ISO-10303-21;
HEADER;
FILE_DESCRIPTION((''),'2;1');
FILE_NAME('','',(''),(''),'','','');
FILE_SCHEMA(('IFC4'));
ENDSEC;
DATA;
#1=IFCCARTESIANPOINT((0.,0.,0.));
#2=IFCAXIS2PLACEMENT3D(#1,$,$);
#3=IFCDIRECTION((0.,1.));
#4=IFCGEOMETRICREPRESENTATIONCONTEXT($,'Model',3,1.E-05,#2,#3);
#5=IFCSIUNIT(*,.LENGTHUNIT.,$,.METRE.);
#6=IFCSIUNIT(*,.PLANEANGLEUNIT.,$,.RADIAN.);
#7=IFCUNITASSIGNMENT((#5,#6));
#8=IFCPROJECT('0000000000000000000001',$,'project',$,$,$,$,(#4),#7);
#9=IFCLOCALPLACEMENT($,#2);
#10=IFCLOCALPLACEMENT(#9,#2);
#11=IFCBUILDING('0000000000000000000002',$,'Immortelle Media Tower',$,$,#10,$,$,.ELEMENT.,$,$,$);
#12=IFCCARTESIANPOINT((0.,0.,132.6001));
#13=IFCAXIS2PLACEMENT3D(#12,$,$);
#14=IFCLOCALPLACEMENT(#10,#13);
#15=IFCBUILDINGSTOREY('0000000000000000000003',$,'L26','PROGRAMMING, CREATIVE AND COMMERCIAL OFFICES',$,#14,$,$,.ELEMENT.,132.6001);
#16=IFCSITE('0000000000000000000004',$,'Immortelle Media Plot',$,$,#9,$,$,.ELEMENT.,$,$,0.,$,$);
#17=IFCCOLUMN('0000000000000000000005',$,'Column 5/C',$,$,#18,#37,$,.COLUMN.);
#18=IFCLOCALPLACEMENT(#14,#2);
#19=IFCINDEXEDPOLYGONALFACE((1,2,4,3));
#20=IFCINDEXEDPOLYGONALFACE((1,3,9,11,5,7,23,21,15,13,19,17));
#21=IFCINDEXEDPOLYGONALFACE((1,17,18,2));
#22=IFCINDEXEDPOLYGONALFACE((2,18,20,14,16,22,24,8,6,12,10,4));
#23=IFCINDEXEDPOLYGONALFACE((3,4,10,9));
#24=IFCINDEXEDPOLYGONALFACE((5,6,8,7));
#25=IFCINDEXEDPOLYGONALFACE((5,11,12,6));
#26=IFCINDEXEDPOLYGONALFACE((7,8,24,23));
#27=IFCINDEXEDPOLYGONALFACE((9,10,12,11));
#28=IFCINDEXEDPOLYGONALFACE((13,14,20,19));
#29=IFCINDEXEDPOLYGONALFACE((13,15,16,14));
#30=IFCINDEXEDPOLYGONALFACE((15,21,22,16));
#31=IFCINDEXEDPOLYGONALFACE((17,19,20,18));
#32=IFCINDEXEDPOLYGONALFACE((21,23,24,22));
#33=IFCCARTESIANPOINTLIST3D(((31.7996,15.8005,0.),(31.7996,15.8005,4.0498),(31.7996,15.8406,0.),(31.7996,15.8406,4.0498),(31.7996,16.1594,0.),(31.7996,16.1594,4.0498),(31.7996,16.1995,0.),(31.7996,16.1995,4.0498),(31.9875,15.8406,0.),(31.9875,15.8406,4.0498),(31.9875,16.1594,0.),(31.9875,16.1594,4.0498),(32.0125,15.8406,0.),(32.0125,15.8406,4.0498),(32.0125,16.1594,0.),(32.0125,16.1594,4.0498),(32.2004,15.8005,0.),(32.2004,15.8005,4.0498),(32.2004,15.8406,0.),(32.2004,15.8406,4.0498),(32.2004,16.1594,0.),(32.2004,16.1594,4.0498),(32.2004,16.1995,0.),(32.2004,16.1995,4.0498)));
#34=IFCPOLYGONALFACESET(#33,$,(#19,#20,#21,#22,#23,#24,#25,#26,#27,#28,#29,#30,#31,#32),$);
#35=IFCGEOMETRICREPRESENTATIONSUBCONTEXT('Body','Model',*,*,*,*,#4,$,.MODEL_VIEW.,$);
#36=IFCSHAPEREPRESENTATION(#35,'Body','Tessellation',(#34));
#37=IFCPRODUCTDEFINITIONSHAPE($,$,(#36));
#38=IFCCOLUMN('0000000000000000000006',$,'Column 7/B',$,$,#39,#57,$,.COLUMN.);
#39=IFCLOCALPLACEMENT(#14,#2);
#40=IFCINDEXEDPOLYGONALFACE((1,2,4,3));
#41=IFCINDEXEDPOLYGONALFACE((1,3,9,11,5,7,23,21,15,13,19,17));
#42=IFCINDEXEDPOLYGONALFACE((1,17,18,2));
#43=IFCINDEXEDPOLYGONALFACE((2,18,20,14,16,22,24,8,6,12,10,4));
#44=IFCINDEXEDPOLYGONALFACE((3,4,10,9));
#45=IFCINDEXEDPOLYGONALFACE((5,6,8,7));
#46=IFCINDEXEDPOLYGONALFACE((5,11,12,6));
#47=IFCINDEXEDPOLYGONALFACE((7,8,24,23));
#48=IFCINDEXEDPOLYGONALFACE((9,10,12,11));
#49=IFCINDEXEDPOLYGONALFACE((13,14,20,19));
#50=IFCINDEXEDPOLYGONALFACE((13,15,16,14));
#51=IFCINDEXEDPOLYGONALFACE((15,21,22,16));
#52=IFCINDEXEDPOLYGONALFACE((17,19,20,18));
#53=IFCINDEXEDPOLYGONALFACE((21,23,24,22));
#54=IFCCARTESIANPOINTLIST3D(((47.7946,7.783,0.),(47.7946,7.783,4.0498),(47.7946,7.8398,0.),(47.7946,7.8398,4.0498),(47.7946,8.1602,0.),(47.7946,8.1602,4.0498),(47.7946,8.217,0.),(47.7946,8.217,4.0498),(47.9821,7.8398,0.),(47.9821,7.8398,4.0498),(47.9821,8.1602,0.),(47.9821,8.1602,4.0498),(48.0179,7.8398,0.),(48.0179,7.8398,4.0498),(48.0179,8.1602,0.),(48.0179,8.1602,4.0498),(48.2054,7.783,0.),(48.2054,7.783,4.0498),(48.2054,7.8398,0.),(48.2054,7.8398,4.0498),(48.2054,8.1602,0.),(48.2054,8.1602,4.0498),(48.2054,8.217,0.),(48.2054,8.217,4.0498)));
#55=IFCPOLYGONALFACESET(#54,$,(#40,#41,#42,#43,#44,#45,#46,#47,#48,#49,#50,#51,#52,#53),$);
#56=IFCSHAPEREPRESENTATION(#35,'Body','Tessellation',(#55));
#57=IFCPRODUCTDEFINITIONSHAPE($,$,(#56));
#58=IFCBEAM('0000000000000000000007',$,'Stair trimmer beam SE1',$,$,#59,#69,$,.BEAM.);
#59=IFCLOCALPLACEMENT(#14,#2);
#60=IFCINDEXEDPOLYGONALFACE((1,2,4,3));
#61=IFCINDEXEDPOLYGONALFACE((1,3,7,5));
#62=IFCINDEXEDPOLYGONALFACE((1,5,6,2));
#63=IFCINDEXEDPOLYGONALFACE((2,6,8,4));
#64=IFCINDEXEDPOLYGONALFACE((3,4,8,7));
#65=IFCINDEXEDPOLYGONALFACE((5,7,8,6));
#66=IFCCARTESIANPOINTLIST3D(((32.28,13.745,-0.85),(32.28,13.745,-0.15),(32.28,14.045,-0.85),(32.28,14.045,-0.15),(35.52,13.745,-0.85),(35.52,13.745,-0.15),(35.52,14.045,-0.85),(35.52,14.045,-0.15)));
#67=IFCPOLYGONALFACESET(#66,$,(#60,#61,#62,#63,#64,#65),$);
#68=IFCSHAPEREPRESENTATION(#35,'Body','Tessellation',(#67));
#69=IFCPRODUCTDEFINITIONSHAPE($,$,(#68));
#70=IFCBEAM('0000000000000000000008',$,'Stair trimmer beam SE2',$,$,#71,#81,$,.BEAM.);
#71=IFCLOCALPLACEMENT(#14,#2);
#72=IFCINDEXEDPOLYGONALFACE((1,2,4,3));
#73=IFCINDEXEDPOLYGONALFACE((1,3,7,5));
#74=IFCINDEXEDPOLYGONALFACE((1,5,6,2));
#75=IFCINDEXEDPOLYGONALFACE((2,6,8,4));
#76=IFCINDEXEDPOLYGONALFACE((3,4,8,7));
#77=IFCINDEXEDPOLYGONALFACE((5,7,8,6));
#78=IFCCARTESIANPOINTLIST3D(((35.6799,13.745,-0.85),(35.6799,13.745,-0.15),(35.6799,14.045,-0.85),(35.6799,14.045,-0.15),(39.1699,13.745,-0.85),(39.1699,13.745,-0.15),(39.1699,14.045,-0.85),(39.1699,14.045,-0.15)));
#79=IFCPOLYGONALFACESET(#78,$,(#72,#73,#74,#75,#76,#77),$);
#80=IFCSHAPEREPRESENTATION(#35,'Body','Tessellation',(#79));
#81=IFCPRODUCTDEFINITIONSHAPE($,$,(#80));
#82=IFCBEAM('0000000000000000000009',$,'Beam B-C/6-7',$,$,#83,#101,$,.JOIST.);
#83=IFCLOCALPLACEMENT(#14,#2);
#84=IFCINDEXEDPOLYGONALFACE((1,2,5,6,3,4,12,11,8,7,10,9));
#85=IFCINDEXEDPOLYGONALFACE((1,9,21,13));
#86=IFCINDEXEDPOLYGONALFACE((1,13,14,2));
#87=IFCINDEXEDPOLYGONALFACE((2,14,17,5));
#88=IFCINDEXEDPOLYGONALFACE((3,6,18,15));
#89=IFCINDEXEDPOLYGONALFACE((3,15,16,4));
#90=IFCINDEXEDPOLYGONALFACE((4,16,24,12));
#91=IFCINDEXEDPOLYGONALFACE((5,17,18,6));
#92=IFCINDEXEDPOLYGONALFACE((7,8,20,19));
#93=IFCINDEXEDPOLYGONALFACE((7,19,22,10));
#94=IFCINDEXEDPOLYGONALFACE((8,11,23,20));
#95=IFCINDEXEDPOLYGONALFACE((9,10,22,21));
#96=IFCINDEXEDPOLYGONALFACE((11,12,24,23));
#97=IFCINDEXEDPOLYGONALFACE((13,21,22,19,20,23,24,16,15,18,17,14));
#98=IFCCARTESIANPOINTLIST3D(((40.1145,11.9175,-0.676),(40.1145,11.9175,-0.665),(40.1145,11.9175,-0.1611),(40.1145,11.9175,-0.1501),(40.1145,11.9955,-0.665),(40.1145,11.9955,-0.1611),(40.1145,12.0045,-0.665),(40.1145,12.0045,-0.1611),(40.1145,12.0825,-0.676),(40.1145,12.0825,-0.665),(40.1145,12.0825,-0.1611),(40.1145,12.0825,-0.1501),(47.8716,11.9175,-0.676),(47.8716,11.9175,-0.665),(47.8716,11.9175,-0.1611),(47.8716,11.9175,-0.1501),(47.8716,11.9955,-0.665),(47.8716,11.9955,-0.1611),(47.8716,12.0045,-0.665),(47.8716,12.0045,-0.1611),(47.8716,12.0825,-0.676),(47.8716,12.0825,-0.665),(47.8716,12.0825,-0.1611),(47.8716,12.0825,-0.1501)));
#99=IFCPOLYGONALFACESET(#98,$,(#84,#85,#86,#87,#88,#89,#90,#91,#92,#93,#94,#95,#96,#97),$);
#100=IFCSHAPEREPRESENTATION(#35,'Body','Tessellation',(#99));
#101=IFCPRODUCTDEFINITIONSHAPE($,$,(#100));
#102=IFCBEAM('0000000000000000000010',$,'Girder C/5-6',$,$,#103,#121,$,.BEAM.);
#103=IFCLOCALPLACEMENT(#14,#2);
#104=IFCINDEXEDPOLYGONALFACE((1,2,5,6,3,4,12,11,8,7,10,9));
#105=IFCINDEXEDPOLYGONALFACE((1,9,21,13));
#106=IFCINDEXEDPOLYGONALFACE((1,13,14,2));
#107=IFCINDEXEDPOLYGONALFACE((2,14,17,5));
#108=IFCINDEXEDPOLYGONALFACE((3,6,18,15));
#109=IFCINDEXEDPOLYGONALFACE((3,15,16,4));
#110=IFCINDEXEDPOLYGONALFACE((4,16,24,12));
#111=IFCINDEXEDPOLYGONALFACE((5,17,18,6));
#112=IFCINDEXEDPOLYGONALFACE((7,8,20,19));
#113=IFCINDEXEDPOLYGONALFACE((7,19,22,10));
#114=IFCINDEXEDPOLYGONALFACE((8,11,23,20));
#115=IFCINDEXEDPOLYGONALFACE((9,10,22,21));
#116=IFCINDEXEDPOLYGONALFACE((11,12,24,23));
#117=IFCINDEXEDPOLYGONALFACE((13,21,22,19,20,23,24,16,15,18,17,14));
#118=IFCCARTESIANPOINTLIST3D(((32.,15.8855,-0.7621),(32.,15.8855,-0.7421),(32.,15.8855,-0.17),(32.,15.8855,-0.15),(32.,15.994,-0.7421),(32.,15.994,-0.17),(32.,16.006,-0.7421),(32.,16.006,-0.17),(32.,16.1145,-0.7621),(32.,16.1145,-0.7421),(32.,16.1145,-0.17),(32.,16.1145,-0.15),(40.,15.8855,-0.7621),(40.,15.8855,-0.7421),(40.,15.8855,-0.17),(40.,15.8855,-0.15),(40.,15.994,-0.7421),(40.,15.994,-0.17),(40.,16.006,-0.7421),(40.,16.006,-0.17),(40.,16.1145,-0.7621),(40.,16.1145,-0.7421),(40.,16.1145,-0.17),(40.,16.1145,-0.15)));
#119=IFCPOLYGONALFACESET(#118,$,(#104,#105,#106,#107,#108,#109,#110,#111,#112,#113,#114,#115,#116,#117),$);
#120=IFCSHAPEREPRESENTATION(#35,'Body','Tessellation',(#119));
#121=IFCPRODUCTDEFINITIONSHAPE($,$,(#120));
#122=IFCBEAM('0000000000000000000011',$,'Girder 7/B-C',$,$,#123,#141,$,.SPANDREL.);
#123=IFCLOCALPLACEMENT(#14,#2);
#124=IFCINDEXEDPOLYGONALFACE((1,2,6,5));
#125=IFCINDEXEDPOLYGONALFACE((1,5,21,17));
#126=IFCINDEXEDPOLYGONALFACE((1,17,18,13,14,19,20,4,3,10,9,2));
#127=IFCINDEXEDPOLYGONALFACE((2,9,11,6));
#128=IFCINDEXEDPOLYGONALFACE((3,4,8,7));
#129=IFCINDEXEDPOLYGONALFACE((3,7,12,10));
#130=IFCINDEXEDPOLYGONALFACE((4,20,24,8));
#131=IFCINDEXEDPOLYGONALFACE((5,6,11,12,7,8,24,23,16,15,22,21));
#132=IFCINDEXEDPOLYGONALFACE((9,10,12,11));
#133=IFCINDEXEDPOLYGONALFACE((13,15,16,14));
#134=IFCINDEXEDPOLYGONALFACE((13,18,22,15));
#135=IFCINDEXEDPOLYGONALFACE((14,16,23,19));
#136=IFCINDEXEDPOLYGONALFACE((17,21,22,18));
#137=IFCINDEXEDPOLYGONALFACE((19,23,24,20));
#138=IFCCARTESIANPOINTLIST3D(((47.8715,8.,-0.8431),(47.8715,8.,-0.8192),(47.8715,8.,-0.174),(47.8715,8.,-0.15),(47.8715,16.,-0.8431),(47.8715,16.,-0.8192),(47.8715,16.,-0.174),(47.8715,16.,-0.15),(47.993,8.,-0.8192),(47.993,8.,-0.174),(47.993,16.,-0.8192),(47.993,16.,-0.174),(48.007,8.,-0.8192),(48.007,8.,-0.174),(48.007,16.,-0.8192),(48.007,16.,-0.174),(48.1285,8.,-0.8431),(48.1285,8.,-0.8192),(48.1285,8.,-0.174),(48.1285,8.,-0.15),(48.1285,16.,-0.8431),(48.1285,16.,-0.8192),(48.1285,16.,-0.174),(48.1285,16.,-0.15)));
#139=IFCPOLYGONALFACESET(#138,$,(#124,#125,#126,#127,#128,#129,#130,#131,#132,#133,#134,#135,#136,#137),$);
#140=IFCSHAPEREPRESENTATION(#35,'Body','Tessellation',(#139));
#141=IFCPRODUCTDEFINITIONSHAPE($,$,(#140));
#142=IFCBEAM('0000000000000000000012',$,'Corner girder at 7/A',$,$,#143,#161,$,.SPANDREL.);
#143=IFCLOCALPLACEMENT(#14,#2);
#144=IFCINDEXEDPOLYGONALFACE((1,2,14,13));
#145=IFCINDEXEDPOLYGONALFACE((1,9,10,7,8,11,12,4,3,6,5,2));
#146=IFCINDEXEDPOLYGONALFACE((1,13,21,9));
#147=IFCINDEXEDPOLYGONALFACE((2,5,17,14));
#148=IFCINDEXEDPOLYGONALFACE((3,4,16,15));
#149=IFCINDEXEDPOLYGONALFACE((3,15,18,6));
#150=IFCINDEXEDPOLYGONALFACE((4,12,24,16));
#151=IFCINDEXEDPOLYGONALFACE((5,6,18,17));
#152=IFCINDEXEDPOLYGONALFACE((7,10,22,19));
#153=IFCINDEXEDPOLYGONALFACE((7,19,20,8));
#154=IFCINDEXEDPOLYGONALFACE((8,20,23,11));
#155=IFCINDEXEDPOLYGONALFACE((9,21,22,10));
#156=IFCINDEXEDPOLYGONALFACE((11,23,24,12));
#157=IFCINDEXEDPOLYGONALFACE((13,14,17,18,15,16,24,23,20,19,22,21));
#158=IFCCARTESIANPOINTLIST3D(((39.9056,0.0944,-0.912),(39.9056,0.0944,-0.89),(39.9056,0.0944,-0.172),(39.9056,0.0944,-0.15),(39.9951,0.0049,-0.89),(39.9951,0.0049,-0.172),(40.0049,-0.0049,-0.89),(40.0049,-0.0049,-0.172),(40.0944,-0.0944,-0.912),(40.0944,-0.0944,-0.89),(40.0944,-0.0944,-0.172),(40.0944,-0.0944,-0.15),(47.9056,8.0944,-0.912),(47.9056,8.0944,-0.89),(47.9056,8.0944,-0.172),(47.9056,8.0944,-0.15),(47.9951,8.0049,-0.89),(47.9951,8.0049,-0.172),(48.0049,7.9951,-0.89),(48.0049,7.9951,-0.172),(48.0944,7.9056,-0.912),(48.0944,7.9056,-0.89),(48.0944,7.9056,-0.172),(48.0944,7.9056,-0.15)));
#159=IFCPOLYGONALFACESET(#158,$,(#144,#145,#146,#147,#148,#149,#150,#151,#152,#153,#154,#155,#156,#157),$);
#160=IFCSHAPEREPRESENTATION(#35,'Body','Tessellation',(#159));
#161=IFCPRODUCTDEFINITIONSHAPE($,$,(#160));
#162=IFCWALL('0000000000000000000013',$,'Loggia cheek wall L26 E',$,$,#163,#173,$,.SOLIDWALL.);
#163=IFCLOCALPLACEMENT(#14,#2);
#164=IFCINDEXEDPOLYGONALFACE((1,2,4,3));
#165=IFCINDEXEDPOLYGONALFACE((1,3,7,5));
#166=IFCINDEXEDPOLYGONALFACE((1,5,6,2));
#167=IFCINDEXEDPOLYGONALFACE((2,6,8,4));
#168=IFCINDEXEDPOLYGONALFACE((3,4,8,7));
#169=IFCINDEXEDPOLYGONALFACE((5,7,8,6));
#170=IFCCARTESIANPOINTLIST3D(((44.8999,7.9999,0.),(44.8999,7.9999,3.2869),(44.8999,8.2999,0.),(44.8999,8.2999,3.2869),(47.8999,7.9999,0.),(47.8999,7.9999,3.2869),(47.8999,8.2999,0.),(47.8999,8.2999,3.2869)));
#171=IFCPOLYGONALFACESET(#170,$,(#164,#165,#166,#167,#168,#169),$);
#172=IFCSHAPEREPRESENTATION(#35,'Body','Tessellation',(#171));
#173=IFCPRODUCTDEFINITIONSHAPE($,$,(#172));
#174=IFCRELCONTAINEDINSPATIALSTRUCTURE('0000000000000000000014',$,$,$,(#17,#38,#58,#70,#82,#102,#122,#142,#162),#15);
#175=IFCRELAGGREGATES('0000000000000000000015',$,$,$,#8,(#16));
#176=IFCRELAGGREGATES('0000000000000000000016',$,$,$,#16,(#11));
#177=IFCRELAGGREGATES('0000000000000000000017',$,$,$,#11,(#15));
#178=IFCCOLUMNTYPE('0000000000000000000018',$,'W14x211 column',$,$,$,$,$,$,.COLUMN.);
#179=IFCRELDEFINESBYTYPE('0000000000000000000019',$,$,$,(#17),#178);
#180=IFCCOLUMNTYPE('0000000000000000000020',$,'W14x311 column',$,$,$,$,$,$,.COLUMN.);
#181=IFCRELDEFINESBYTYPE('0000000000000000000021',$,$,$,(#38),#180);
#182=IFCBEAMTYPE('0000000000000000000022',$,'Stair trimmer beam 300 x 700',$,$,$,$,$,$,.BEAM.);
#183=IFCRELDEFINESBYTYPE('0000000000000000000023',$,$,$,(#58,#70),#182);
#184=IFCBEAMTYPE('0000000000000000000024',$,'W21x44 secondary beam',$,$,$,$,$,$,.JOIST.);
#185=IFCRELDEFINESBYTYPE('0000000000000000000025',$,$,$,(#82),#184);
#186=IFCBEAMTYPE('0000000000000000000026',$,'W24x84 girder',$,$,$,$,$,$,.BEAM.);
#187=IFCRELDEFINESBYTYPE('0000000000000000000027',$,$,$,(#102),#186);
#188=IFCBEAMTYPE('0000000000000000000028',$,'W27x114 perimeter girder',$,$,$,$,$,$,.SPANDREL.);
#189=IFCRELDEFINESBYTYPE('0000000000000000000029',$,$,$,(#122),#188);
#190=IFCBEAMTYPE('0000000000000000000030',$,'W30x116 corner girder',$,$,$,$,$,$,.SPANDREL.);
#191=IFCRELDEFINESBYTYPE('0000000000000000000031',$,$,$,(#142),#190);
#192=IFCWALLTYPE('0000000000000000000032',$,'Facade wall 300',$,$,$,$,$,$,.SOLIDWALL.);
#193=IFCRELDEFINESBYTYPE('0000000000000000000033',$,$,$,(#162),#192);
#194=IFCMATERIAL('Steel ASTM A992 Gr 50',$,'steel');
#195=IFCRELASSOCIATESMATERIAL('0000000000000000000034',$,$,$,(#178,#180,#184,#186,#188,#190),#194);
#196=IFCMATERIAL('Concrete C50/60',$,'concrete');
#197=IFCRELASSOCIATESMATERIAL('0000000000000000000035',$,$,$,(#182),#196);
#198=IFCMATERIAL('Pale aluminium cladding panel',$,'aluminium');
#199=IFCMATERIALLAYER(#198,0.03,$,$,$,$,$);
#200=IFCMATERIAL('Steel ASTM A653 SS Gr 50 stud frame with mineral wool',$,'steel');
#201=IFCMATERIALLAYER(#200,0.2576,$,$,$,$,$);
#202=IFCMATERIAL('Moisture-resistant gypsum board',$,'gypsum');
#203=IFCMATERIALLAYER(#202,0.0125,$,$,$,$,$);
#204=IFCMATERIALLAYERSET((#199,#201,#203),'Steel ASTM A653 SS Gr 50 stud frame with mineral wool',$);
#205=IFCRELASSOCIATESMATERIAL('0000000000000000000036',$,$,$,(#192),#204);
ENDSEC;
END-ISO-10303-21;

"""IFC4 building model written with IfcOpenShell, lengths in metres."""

from ifc_helpers import new_model, si_unit, direction, frame, frame_2d, origin, origin_2d, place, context, subcontext, project, spatial, rectangle, i_section, extrude, material, layer, layer_set, material_profile, profile_set, type_object, element, save


model = new_model("IFC4")

# Units and contexts
model_context = context("Model", 3, precision=1e-05, world=origin(), true_north=direction((0.0, 1.0)))
body_context = subcontext(model_context, "Body", "Model", "MODEL_VIEW")
ifc_project = project(units=[si_unit("LENGTHUNIT", "METRE"), si_unit("PLANEANGLEUNIT", "RADIAN")], contexts=[model_context])

# Site, building, storey
site_placement = place(None, origin())
site = spatial("IfcSite", under=ifc_project, at=site_placement, Name="Immortelle Media Plot", CompositionType="ELEMENT", RefElevation=0.0)
building_placement = place(site_placement, origin())
building = spatial("IfcBuilding", under=site, at=building_placement, Name="Immortelle Media Tower", CompositionType="ELEMENT")
storey_placement = place(building_placement, frame((0.0, 0.0, 132.6001)))
storey = spatial("IfcBuildingStorey", under=building, at=storey_placement, Name="L26", Description="PROGRAMMING, CREATIVE AND COMMERCIAL OFFICES", CompositionType="ELEMENT", Elevation=132.6001)

# Columns
ifc_material_1 = material(Name="Steel ASTM A992 Gr 50", Category="steel")
ifc_material_profile_1 = material_profile(ifc_material_1, i_section(OverallWidth=0.4009, OverallDepth=0.3989, WebThickness=0.0249, FlangeThickness=0.04, at=origin_2d()), Name="W14x211")
ifc_profile_set_1 = profile_set([ifc_material_profile_1], Name="Steel ASTM A992 Gr 50")
column_type_1 = type_object("IfcColumnType", Name="W14x211 column", PredefinedType="COLUMN", material=ifc_profile_set_1)
column_1_placement = place(storey_placement, frame((32.0, 16.0, 0.0), z_axis=(0.0, 0.0, 1.0), x_axis=(1.0, 0.0, 0.0)))
element("IfcColumn", 1, at=column_1_placement, inside=storey, type_object=column_type_1, Name="Column 5/C", PredefinedType="COLUMN", context=body_context, shape_type="SweptSolid", body=[
    extrude(i_section(OverallWidth=0.4009, OverallDepth=0.3989, WebThickness=0.0249, FlangeThickness=0.04, at=origin_2d()), origin(), (0.0, 0.0, 1.0), 4.0498),
])
ifc_material_profile_2 = material_profile(ifc_material_1, i_section(OverallWidth=0.4109, OverallDepth=0.4341, WebThickness=0.0359, FlangeThickness=0.0569, at=origin_2d()), Name="W14x311")
ifc_profile_set_2 = profile_set([ifc_material_profile_2], Name="Steel ASTM A992 Gr 50")
column_type_2 = type_object("IfcColumnType", Name="W14x311 column", PredefinedType="COLUMN", material=ifc_profile_set_2)
column_2_placement = place(storey_placement, frame((48.0, 8.0, 0.0), z_axis=(0.0, 0.0, 1.0), x_axis=(1.0, 0.0, 0.0)))
element("IfcColumn", 2, at=column_2_placement, inside=storey, type_object=column_type_2, Name="Column 7/B", PredefinedType="COLUMN", context=body_context, shape_type="SweptSolid", body=[
    extrude(i_section(OverallWidth=0.4109, OverallDepth=0.4341, WebThickness=0.0359, FlangeThickness=0.0569, at=origin_2d()), origin(), (0.0, 0.0, 1.0), 4.0498),
])

# Beams
ifc_material_2 = material(Name="Concrete C50/60", Category="concrete")
ifc_material_profile_3 = material_profile(ifc_material_2, rectangle(XDim=0.3, YDim=0.7, at=origin_2d()), Name="RC 300x700")
ifc_profile_set_3 = profile_set([ifc_material_profile_3], Name="Concrete C50/60")
beam_type_1 = type_object("IfcBeamType", Name="Stair trimmer beam 300 x 700", PredefinedType="BEAM", material=ifc_profile_set_3)
beam_1_placement = place(storey_placement, frame((32.28, 13.895, -0.5), z_axis=(1.0, 0.0, 0.0), x_axis=(0.0, 1.0, 0.0)))
element("IfcBeam", 3, at=beam_1_placement, inside=storey, type_object=beam_type_1, Name="Stair trimmer beam SE1", PredefinedType="BEAM", context=body_context, shape_type="SweptSolid", body=[
    extrude(rectangle(XDim=0.3, YDim=0.7, at=origin_2d()), origin(), (0.0, 0.0, 1.0), 3.24),
])
beam_2_placement = place(storey_placement, frame((35.6799, 13.895, -0.5), z_axis=(1.0, 0.0, 0.0), x_axis=(0.0, 1.0, 0.0)))
element("IfcBeam", 4, at=beam_2_placement, inside=storey, type_object=beam_type_1, Name="Stair trimmer beam SE2", PredefinedType="BEAM", context=body_context, shape_type="SweptSolid", body=[
    extrude(rectangle(XDim=0.3, YDim=0.7, at=origin_2d()), origin(), (0.0, 0.0, 1.0), 3.49),
])
ifc_material_profile_4 = material_profile(ifc_material_1, i_section(OverallWidth=0.165, OverallDepth=0.5259, WebThickness=0.009, FlangeThickness=0.011, at=origin_2d()), Name="W21x44")
ifc_profile_set_4 = profile_set([ifc_material_profile_4], Name="Steel ASTM A992 Gr 50")
beam_type_2 = type_object("IfcBeamType", Name="W21x44 secondary beam", PredefinedType="JOIST", material=ifc_profile_set_4)
beam_3_placement = place(storey_placement, frame((40.1145, 12.0, -0.4131), z_axis=(1.0, 0.0, 0.0), x_axis=(0.0, 1.0, 0.0)))
element("IfcBeam", 5, at=beam_3_placement, inside=storey, type_object=beam_type_2, Name="Beam B-C/6-7", PredefinedType="JOIST", context=body_context, shape_type="SweptSolid", body=[
    extrude(i_section(OverallWidth=0.165, OverallDepth=0.5259, WebThickness=0.009, FlangeThickness=0.011, at=origin_2d()), origin(), (0.0, 0.0, 1.0), 7.7571),
])
ifc_material_profile_5 = material_profile(ifc_material_1, i_section(OverallWidth=0.229, OverallDepth=0.6121, WebThickness=0.012, FlangeThickness=0.02, at=origin_2d()), Name="W24x84")
ifc_profile_set_5 = profile_set([ifc_material_profile_5], Name="Steel ASTM A992 Gr 50")
beam_type_3 = type_object("IfcBeamType", Name="W24x84 girder", PredefinedType="BEAM", material=ifc_profile_set_5)
beam_4_placement = place(storey_placement, frame((32.0, 16.0, -0.4561), z_axis=(1.0, 0.0, 0.0), x_axis=(0.0, 1.0, 0.0)))
element("IfcBeam", 6, at=beam_4_placement, inside=storey, type_object=beam_type_3, Name="Girder C/5-6", PredefinedType="BEAM", context=body_context, shape_type="SweptSolid", body=[
    extrude(i_section(OverallWidth=0.229, OverallDepth=0.6121, WebThickness=0.012, FlangeThickness=0.02, at=origin_2d()), origin(), (0.0, 0.0, 1.0), 8.0),
])
ifc_material_profile_6 = material_profile(ifc_material_1, i_section(OverallWidth=0.2571, OverallDepth=0.6931, WebThickness=0.0139, FlangeThickness=0.0239, at=origin_2d()), Name="W27x114")
ifc_profile_set_6 = profile_set([ifc_material_profile_6], Name="Steel ASTM A992 Gr 50")
beam_type_4 = type_object("IfcBeamType", Name="W27x114 perimeter girder", PredefinedType="SPANDREL", material=ifc_profile_set_6)
beam_5_placement = place(storey_placement, frame((48.0, 8.0, -0.4966), z_axis=(0.0, 1.0, 0.0), x_axis=(-1.0, 0.0, 0.0)))
element("IfcBeam", 7, at=beam_5_placement, inside=storey, type_object=beam_type_4, Name="Girder 7/B-C", PredefinedType="SPANDREL", context=body_context, shape_type="SweptSolid", body=[
    extrude(i_section(OverallWidth=0.2571, OverallDepth=0.6931, WebThickness=0.0139, FlangeThickness=0.0239, at=origin_2d()), origin(), (0.0, 0.0, 1.0), 8.0),
])
ifc_material_profile_7 = material_profile(ifc_material_1, i_section(OverallWidth=0.2671, OverallDepth=0.762, WebThickness=0.0139, FlangeThickness=0.022, at=origin_2d()), Name="W30x116")
ifc_profile_set_7 = profile_set([ifc_material_profile_7], Name="Steel ASTM A992 Gr 50")
beam_type_5 = type_object("IfcBeamType", Name="W30x116 corner girder", PredefinedType="SPANDREL", material=ifc_profile_set_7)
beam_6_placement = place(storey_placement, frame((48.0, 8.0, -0.531), z_axis=(-0.707107, -0.707107, 0.0), x_axis=(0.707107, -0.707107, 0.0)))
element("IfcBeam", 8, at=beam_6_placement, inside=storey, type_object=beam_type_5, Name="Corner girder at 7/A", PredefinedType="SPANDREL", context=body_context, shape_type="SweptSolid", body=[
    extrude(i_section(OverallWidth=0.2671, OverallDepth=0.762, WebThickness=0.0139, FlangeThickness=0.022, at=origin_2d()), origin(), (0.0, 0.0, 1.0), 11.3137),
])

# Shared definitions
ifc_material_3 = material(Name="Pale aluminium cladding panel", Category="aluminium")
ifc_layer_1 = layer(ifc_material_3, 0.03)
ifc_material_4 = material(Name="Steel ASTM A653 SS Gr 50 stud frame with mineral wool", Category="steel")
ifc_layer_2 = layer(ifc_material_4, 0.2576)
ifc_material_5 = material(Name="Moisture-resistant gypsum board", Category="gypsum")
ifc_layer_3 = layer(ifc_material_5, 0.0125)
ifc_layer_set_1 = layer_set([ifc_layer_1, ifc_layer_2, ifc_layer_3], Name="Steel ASTM A653 SS Gr 50 stud frame with mineral wool")
wall_type_1 = type_object("IfcWallType", Name="Facade wall 300", PredefinedType="SOLIDWALL", material=ifc_layer_set_1)

# Wall
for number, where, z_axis, x_axis, name in (
    (9, (47.8999, 8.1499, 0.0), (0.0, 0.0, 1.0), (-1.0, 0.0, 0.0), "Loggia cheek wall L26 E"),
):
    element("IfcWall", number, at=place(storey_placement, frame(where, z_axis=z_axis, x_axis=x_axis)), inside=storey, type_object=wall_type_1, Name=name, PredefinedType="SOLIDWALL", context=body_context, shape_type="SweptSolid", body=[
        extrude(rectangle(XDim=3.0, YDim=0.3, at=frame_2d((1.5, 0.0))), origin(), (0.0, 0.0, 1.0), 3.2869),
    ])

save(model, "model.ifc")
